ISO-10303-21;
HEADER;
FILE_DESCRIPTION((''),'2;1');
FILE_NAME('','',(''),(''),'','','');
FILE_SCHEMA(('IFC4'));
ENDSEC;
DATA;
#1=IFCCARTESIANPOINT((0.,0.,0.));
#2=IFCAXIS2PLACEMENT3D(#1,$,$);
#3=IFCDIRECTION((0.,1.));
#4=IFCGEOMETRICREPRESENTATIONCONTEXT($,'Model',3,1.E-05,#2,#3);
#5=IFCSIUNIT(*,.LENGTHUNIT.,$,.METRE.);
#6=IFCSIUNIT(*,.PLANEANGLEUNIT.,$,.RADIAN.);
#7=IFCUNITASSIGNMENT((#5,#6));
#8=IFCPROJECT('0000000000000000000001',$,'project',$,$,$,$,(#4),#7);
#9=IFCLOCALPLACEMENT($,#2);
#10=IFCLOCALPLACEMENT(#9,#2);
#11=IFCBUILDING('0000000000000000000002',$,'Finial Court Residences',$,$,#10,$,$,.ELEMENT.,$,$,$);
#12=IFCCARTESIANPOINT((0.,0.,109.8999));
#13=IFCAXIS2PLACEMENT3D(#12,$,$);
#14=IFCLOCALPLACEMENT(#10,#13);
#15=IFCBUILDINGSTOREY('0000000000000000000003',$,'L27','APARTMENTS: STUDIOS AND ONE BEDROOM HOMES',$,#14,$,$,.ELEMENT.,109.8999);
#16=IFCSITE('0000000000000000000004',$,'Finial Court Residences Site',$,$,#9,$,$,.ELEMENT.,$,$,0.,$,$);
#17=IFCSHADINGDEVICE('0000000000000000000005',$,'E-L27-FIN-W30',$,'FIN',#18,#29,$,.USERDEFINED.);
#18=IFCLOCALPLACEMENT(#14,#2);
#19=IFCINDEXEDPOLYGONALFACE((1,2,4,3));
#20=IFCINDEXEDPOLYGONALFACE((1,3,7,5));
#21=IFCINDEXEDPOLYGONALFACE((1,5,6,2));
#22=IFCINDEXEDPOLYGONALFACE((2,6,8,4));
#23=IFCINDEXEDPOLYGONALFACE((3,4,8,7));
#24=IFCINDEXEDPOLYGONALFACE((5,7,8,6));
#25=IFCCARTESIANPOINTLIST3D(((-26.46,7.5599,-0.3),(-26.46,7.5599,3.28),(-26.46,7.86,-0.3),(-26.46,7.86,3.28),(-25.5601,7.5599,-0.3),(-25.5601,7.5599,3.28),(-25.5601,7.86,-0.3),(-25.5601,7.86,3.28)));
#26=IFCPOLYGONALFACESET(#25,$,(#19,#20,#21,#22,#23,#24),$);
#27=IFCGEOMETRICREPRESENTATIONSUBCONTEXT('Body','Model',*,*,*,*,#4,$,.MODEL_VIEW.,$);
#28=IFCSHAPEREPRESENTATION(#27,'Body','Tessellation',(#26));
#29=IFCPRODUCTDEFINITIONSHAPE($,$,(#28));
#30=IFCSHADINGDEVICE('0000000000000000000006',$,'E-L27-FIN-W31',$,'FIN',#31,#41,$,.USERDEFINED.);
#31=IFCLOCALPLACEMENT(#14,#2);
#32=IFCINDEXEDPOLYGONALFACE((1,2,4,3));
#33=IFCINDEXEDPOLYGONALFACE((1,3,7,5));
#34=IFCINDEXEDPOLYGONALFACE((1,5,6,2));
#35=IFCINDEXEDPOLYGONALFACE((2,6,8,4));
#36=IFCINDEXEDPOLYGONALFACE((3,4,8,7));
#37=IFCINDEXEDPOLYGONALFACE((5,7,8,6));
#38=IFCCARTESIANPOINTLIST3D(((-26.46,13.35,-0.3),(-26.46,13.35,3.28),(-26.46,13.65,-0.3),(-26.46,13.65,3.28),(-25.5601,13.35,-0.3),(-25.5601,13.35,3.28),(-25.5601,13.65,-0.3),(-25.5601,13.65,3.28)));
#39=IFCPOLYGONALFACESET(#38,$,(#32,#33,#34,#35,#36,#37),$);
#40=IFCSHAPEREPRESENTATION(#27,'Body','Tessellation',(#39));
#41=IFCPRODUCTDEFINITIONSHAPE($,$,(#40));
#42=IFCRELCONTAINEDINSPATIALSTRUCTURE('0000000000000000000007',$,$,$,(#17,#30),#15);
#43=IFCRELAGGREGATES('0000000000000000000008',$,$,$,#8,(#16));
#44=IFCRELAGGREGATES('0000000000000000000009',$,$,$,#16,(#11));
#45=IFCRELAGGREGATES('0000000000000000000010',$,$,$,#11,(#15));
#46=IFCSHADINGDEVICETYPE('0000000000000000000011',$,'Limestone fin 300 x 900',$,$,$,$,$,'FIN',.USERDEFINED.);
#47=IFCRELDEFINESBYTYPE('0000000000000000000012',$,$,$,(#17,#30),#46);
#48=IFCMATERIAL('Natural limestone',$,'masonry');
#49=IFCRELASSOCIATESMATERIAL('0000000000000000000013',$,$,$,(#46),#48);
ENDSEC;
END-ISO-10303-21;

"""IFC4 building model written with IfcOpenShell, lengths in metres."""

from ifc_helpers import new_model, si_unit, direction, frame, origin, origin_2d, place, context, subcontext, project, spatial, rectangle, extrude, material, type_object, element, save


model = new_model("IFC4")

# Units and contexts
model_context = context("Model", 3, precision=1e-05, world=origin(), true_north=direction((0.0, 1.0)))
body_context = subcontext(model_context, "Body", "Model", "MODEL_VIEW")
ifc_project = project(units=[si_unit("LENGTHUNIT", "METRE"), si_unit("PLANEANGLEUNIT", "RADIAN")], contexts=[model_context])

# Site, building, storey
site_placement = place(None, origin())
site = spatial("IfcSite", under=ifc_project, at=site_placement, Name="Finial Court Residences Site", CompositionType="ELEMENT", RefElevation=0.0)
building_placement = place(site_placement, origin())
building = spatial("IfcBuilding", under=site, at=building_placement, Name="Finial Court Residences", CompositionType="ELEMENT")
storey_placement = place(building_placement, frame((0.0, 0.0, 109.8999)))
storey = spatial("IfcBuildingStorey", under=building, at=storey_placement, Name="L27", Description="APARTMENTS: STUDIOS AND ONE BEDROOM HOMES", CompositionType="ELEMENT", Elevation=109.8999)

# Shared definitions
ifc_material_1 = material(Name="Natural limestone", Category="masonry")

# Shading devices
shading_device_type = type_object("IfcShadingDeviceType", Name="Limestone fin 300 x 900", ElementType="FIN", PredefinedType="USERDEFINED", material=ifc_material_1)
for number, where, z_axis, x_axis, name in (
    (1, (-26.01, 7.71, -0.3), (0.0, 0.0, 1.0), (1.0, 0.0, 0.0), "E-L27-FIN-W30"),
    (2, (-26.01, 13.5, -0.3), (0.0, 0.0, 1.0), (1.0, 0.0, 0.0), "E-L27-FIN-W31"),
):
    element("IfcShadingDevice", number, at=place(storey_placement, frame(where, z_axis=z_axis, x_axis=x_axis)), inside=storey, type_object=shading_device_type, Name=name, ObjectType="FIN", PredefinedType="USERDEFINED", context=body_context, shape_type="SweptSolid", body=[
        extrude(rectangle(XDim=0.8999, YDim=0.3, at=origin_2d()), origin(), (0.0, 0.0, 1.0), 3.5801),
    ])

save(model, "model.ifc")
